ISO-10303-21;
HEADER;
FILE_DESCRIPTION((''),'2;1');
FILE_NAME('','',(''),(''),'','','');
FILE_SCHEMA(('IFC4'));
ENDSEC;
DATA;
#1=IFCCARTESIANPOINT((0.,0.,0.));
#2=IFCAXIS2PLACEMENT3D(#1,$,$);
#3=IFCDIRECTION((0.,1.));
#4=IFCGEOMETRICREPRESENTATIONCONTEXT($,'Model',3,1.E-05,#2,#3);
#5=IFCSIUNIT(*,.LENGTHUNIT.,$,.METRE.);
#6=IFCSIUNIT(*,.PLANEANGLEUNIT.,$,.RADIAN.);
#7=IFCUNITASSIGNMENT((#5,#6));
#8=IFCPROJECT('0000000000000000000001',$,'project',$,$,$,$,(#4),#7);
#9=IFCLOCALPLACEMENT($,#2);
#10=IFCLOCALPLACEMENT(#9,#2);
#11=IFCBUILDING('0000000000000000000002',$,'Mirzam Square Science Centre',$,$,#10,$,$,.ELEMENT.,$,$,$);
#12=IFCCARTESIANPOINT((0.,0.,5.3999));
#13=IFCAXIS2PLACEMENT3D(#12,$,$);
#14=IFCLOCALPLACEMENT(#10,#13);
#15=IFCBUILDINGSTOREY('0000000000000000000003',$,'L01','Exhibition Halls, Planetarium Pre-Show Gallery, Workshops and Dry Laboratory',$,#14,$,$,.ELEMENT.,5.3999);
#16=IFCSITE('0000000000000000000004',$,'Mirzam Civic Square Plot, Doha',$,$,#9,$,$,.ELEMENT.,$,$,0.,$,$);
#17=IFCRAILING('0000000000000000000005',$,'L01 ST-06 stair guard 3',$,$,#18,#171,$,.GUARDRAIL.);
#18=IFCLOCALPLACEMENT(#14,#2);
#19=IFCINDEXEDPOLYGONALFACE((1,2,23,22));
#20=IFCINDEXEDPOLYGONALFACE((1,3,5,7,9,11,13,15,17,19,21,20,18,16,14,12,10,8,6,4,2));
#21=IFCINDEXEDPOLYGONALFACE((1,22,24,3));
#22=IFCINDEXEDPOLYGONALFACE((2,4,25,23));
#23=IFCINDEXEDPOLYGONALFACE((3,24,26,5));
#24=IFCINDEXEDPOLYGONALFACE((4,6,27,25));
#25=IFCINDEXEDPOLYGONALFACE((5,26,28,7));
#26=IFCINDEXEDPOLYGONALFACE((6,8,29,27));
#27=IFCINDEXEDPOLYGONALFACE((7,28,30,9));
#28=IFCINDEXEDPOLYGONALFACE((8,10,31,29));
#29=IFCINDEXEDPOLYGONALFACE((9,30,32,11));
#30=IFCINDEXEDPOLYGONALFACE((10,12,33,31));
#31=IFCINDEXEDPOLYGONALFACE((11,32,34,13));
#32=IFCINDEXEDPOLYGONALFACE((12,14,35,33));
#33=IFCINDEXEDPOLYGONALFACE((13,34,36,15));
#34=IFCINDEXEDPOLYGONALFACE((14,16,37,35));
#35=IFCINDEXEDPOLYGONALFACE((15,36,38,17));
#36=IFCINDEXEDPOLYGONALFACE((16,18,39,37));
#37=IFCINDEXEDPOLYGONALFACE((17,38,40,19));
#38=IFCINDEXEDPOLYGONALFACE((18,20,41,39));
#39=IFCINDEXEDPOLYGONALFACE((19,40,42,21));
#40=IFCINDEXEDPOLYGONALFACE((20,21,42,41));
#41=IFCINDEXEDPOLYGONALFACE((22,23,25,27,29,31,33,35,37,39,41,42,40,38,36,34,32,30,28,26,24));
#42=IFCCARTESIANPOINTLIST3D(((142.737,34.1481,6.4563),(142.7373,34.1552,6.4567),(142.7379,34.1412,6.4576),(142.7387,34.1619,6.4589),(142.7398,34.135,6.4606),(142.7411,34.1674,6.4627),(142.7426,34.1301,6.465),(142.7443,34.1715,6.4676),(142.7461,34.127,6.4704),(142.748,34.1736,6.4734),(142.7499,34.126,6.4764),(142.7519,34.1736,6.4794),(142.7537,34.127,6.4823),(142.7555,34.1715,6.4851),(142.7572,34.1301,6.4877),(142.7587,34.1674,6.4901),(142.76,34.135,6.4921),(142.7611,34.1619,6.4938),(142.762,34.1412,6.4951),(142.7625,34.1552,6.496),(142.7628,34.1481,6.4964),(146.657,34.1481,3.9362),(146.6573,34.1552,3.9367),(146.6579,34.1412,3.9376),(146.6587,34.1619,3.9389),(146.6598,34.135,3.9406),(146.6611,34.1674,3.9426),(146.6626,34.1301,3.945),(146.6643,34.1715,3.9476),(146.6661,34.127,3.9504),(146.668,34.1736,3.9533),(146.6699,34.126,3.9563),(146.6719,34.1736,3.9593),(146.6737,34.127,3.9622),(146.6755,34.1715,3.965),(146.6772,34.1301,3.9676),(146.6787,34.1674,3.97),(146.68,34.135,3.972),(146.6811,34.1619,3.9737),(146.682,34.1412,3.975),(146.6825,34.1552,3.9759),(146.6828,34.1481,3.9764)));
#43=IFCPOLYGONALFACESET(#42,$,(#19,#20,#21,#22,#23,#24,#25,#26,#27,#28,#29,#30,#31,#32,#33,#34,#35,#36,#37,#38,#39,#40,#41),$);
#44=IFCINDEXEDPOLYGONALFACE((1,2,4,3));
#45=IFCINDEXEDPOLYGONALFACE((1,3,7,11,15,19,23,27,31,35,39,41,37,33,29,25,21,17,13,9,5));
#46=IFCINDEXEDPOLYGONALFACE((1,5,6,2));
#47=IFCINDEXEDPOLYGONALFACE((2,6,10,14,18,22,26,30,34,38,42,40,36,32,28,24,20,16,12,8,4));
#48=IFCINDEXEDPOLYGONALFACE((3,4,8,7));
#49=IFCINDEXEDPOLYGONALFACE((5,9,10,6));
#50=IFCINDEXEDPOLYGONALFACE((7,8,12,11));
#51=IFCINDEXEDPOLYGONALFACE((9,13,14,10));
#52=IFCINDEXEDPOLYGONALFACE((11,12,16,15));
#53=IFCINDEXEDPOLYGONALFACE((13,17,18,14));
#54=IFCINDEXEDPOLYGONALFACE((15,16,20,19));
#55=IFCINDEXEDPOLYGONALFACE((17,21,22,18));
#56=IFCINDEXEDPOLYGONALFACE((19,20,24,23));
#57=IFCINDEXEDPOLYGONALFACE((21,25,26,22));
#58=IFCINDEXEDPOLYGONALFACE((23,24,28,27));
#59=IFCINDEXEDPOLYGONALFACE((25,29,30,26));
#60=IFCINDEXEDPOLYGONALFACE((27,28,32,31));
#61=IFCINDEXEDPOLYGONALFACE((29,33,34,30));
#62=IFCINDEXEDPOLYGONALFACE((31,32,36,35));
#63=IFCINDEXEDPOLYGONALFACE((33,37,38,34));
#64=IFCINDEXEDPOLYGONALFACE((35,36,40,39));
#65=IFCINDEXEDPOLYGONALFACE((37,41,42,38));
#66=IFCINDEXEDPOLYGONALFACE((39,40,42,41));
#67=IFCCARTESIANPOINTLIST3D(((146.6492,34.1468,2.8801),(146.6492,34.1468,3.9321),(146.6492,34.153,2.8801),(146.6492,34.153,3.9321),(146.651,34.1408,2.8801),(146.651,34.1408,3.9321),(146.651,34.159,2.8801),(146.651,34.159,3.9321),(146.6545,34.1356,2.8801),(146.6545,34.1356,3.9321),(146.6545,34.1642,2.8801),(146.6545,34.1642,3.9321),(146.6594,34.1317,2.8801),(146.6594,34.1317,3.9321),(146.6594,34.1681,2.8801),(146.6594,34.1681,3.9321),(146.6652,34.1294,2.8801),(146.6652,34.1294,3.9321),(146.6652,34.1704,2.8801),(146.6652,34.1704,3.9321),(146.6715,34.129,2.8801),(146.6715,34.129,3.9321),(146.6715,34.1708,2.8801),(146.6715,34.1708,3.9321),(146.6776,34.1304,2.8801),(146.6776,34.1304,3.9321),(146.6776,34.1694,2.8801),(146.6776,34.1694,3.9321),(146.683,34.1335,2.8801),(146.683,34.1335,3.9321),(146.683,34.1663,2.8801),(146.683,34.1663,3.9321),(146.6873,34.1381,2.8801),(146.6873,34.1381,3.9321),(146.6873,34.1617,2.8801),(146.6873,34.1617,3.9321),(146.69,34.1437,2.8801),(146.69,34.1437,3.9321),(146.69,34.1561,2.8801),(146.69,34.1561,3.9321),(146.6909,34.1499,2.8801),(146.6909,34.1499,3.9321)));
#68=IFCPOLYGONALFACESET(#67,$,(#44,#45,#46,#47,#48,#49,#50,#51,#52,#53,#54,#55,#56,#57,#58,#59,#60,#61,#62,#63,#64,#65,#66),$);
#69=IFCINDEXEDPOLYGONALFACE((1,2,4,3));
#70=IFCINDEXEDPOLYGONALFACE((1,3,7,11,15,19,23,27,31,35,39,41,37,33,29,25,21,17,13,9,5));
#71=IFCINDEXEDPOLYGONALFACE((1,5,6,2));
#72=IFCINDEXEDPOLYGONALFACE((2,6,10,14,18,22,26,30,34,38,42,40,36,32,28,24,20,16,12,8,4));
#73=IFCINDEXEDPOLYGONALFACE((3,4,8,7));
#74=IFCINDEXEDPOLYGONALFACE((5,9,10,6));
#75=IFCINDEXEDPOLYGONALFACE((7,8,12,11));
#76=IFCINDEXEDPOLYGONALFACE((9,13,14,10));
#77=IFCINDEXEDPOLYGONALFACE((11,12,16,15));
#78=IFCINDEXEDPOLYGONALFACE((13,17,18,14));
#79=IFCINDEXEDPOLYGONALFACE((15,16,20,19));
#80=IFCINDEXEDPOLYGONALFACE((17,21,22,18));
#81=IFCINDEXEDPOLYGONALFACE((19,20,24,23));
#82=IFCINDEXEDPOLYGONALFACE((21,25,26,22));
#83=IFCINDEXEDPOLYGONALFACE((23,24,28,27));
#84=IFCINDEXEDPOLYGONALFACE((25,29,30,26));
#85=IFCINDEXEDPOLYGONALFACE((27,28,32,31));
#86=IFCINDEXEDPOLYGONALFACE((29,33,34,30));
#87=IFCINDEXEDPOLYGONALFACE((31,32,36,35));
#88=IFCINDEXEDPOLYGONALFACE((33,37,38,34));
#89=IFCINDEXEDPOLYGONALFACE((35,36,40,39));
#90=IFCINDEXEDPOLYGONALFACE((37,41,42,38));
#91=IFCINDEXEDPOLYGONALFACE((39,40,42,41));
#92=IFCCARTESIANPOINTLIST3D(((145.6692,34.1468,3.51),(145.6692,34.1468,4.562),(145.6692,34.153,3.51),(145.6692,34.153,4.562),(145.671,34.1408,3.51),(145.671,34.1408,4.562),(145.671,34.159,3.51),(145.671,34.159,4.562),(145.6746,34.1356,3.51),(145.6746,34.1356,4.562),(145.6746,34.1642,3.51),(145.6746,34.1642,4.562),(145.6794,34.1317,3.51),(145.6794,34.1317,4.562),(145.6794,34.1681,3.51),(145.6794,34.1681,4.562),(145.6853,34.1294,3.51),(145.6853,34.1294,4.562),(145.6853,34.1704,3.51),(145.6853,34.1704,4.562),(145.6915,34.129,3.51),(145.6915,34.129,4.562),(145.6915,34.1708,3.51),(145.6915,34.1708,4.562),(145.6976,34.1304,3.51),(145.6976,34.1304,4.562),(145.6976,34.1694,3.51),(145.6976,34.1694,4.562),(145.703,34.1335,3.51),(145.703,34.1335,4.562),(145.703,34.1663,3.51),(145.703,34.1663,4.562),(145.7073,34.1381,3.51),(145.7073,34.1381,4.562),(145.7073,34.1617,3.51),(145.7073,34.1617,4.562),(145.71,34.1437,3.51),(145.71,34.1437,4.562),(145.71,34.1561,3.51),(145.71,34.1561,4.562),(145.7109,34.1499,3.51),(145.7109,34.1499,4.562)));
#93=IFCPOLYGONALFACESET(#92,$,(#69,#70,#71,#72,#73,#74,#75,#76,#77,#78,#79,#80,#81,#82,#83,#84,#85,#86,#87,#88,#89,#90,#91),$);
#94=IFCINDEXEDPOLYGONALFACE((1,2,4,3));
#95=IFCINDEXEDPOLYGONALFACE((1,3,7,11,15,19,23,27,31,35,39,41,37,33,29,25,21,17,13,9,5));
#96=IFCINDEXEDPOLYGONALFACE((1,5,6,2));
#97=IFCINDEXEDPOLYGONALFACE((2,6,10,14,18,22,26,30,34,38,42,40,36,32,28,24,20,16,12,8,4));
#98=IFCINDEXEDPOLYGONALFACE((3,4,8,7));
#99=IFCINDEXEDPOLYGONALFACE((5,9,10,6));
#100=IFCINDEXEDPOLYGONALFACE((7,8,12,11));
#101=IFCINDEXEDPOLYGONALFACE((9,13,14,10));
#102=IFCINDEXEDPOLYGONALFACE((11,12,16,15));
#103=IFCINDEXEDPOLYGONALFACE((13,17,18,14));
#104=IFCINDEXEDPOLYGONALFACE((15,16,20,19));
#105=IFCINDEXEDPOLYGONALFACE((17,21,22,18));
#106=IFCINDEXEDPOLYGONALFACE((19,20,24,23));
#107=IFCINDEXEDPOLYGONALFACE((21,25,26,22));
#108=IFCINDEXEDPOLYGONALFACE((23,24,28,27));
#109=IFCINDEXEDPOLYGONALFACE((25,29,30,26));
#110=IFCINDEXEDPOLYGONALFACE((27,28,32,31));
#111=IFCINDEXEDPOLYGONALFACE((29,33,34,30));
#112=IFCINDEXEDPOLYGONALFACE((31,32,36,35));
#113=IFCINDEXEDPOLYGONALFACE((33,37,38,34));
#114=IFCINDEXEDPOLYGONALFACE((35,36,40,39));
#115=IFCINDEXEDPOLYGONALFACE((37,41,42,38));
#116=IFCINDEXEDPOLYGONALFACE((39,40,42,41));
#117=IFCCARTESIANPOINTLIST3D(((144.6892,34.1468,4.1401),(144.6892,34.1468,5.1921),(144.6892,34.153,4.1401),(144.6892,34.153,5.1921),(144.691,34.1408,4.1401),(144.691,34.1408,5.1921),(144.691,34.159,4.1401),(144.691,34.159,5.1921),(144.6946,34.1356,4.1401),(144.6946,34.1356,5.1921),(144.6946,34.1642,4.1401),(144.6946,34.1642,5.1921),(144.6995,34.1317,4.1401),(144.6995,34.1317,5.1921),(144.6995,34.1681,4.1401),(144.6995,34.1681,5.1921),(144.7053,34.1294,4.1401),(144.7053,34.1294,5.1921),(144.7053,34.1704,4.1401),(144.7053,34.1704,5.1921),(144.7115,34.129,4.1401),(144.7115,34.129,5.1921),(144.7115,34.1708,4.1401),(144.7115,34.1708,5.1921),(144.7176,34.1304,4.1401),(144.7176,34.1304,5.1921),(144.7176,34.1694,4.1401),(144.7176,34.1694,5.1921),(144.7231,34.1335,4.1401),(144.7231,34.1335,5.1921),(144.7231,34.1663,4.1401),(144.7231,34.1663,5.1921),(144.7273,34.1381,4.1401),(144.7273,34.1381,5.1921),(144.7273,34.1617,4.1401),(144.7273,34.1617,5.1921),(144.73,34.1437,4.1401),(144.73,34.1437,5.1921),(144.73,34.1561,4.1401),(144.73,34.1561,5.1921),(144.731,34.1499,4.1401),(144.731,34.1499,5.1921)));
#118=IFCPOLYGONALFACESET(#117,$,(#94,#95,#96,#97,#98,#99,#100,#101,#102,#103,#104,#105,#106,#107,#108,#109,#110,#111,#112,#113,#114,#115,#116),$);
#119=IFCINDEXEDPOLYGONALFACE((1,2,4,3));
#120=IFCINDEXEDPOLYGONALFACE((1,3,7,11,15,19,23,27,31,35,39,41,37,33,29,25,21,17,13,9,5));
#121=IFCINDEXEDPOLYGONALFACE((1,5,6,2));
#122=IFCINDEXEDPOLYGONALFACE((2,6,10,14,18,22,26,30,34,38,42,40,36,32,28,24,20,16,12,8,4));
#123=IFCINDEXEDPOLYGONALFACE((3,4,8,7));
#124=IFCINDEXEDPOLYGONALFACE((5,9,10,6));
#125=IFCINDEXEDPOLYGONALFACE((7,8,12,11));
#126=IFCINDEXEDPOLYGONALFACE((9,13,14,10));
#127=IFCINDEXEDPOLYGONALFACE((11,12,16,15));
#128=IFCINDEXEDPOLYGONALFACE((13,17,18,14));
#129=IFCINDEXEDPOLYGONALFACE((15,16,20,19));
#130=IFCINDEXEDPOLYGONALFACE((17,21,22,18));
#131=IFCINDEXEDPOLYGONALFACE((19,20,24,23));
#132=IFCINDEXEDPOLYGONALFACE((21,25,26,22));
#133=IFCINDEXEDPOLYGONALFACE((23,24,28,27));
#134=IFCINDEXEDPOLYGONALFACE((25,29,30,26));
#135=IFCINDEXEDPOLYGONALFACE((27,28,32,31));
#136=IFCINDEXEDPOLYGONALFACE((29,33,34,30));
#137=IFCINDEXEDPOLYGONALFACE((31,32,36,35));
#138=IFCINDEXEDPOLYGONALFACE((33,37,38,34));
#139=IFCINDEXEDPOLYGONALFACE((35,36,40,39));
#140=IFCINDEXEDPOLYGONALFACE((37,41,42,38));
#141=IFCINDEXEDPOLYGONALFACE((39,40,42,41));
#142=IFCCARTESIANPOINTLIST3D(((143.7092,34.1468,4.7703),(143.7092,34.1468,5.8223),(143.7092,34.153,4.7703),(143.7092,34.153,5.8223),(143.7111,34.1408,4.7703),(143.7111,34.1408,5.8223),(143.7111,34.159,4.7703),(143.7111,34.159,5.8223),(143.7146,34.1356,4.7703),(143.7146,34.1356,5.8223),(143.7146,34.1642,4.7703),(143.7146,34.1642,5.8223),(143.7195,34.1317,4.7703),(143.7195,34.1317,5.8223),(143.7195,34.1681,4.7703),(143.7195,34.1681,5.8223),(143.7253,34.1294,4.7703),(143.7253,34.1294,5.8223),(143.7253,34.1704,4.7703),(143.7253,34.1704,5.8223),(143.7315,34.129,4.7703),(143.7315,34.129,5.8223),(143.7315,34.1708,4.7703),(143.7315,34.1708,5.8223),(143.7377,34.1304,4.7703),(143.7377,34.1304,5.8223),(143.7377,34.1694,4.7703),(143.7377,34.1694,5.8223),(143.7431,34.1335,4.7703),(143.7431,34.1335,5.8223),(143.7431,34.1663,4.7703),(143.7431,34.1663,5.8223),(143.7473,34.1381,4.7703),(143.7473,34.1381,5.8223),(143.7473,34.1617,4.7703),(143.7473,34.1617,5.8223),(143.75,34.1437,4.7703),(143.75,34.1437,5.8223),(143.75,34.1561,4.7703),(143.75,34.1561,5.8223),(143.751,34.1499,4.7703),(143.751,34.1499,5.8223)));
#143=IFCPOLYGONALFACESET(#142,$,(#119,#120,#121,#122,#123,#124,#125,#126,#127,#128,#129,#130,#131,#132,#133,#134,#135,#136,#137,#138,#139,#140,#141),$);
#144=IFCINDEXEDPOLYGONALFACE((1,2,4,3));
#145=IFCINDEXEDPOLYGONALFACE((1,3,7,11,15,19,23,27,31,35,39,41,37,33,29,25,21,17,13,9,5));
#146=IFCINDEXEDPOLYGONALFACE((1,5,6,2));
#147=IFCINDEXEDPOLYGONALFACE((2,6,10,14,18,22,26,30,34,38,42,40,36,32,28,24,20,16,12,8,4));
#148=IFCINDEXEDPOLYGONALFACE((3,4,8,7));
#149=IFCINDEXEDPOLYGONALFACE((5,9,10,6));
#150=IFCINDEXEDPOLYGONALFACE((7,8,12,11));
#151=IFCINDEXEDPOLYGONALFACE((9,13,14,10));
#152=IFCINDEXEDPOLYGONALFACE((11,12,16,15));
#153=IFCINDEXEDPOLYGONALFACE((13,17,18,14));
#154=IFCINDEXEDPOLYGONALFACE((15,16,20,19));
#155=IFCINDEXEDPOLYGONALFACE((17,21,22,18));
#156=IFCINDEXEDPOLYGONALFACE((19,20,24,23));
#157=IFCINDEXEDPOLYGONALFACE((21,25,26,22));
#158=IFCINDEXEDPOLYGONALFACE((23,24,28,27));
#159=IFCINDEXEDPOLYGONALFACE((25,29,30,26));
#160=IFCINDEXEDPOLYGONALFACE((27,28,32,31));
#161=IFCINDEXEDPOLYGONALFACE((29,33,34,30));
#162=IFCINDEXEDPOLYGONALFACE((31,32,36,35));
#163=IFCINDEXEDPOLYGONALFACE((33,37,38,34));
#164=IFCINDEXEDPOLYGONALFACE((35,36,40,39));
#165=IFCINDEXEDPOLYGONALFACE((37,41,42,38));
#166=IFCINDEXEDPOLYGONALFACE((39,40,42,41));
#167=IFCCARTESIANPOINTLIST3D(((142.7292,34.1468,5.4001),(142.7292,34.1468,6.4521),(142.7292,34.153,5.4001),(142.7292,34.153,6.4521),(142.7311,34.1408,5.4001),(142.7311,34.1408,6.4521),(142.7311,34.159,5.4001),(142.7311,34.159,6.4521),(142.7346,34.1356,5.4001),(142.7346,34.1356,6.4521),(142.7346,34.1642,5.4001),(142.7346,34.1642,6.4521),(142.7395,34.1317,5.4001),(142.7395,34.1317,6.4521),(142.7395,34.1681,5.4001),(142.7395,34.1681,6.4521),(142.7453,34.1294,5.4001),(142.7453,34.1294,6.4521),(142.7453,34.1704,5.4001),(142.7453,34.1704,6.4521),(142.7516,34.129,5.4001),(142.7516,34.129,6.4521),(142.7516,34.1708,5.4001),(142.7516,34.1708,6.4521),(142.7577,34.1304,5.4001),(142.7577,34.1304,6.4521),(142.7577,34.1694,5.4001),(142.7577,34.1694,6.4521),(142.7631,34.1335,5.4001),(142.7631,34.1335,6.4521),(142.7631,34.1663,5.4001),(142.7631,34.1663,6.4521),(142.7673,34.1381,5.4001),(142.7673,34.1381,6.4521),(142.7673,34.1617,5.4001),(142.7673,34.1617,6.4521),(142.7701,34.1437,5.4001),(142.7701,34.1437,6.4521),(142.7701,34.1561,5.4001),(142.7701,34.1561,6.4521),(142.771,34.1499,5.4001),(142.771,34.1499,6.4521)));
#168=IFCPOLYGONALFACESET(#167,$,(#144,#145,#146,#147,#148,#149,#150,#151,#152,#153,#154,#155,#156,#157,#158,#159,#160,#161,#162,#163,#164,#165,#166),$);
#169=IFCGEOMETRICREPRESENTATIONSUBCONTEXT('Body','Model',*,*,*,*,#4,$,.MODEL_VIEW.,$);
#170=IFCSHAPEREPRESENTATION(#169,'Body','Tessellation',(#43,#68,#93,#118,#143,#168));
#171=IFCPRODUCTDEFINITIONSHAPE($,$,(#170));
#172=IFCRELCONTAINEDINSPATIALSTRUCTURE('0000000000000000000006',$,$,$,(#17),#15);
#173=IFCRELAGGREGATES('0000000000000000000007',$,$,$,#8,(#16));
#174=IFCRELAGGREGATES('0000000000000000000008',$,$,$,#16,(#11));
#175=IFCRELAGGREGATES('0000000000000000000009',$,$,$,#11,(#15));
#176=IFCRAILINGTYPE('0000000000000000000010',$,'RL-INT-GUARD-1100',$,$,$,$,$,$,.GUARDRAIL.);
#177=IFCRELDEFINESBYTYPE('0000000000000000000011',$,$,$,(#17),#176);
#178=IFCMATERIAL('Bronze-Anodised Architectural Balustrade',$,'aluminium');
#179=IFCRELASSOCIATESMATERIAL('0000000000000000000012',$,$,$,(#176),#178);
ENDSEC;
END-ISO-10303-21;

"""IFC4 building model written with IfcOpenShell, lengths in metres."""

from ifc_helpers import new_model, si_unit, direction, frame, origin, origin_2d, place, context, subcontext, project, spatial, circle, extrude, material, type_object, element, save


model = new_model("IFC4")

# Units and contexts
model_context = context("Model", 3, precision=1e-05, world=origin(), true_north=direction((0.0, 1.0)))
body_context = subcontext(model_context, "Body", "Model", "MODEL_VIEW")
ifc_project = project(units=[si_unit("LENGTHUNIT", "METRE"), si_unit("PLANEANGLEUNIT", "RADIAN")], contexts=[model_context])

# Site, building, storey
site_placement = place(None, origin())
site = spatial("IfcSite", under=ifc_project, at=site_placement, Name="Mirzam Civic Square Plot, Doha", CompositionType="ELEMENT", RefElevation=0.0)
building_placement = place(site_placement, origin())
building = spatial("IfcBuilding", under=site, at=building_placement, Name="Mirzam Square Science Centre", CompositionType="ELEMENT")
storey_placement = place(building_placement, frame((0.0, 0.0, 5.3999)))
storey = spatial("IfcBuildingStorey", under=building, at=storey_placement, Name="L01", Description="Exhibition Halls, Planetarium Pre-Show Gallery, Workshops and Dry Laboratory", CompositionType="ELEMENT", Elevation=5.3999)

# Railing
ifc_material_1 = material(Name="Bronze-Anodised Architectural Balustrade", Category="aluminium")
railing_type_1 = type_object("IfcRailingType", Name="RL-INT-GUARD-1100", PredefinedType="GUARDRAIL", material=ifc_material_1)
railing_1_placement = place(storey_placement, frame((146.6699, 34.1499, 2.8801)))
element("IfcRailing", 1, at=railing_1_placement, inside=storey, type_object=railing_type_1, Name="L01 ST-06 stair guard 3", PredefinedType="GUARDRAIL", context=body_context, shape_type="SweptSolid", body=[
    extrude(circle(Radius=0.0239, at=origin_2d()), frame((0.0, 0.0, 1.0762), z_axis=(-0.841172, 0.0, 0.540768), x_axis=(0.0, -1.0, 0.0)), (0.0, 0.0, 1.0), 4.6602),
    extrude(circle(Radius=0.021, at=origin_2d()), origin(), (0.0, 0.0, 1.0), 1.052),
    extrude(circle(Radius=0.021, at=origin_2d()), frame((-0.98, 0.0, 0.6299)), (0.0, 0.0, 1.0), 1.052),
    extrude(circle(Radius=0.021, at=origin_2d()), frame((-1.96, 0.0, 1.26)), (0.0, 0.0, 1.0), 1.052),
    extrude(circle(Radius=0.021, at=origin_2d()), frame((-2.9399, 0.0, 1.8901)), (0.0, 0.0, 1.0), 1.052),
    extrude(circle(Radius=0.021, at=origin_2d()), frame((-3.9199, 0.0, 2.52)), (0.0, 0.0, 1.0), 1.052),
])

save(model, "model.ifc")
